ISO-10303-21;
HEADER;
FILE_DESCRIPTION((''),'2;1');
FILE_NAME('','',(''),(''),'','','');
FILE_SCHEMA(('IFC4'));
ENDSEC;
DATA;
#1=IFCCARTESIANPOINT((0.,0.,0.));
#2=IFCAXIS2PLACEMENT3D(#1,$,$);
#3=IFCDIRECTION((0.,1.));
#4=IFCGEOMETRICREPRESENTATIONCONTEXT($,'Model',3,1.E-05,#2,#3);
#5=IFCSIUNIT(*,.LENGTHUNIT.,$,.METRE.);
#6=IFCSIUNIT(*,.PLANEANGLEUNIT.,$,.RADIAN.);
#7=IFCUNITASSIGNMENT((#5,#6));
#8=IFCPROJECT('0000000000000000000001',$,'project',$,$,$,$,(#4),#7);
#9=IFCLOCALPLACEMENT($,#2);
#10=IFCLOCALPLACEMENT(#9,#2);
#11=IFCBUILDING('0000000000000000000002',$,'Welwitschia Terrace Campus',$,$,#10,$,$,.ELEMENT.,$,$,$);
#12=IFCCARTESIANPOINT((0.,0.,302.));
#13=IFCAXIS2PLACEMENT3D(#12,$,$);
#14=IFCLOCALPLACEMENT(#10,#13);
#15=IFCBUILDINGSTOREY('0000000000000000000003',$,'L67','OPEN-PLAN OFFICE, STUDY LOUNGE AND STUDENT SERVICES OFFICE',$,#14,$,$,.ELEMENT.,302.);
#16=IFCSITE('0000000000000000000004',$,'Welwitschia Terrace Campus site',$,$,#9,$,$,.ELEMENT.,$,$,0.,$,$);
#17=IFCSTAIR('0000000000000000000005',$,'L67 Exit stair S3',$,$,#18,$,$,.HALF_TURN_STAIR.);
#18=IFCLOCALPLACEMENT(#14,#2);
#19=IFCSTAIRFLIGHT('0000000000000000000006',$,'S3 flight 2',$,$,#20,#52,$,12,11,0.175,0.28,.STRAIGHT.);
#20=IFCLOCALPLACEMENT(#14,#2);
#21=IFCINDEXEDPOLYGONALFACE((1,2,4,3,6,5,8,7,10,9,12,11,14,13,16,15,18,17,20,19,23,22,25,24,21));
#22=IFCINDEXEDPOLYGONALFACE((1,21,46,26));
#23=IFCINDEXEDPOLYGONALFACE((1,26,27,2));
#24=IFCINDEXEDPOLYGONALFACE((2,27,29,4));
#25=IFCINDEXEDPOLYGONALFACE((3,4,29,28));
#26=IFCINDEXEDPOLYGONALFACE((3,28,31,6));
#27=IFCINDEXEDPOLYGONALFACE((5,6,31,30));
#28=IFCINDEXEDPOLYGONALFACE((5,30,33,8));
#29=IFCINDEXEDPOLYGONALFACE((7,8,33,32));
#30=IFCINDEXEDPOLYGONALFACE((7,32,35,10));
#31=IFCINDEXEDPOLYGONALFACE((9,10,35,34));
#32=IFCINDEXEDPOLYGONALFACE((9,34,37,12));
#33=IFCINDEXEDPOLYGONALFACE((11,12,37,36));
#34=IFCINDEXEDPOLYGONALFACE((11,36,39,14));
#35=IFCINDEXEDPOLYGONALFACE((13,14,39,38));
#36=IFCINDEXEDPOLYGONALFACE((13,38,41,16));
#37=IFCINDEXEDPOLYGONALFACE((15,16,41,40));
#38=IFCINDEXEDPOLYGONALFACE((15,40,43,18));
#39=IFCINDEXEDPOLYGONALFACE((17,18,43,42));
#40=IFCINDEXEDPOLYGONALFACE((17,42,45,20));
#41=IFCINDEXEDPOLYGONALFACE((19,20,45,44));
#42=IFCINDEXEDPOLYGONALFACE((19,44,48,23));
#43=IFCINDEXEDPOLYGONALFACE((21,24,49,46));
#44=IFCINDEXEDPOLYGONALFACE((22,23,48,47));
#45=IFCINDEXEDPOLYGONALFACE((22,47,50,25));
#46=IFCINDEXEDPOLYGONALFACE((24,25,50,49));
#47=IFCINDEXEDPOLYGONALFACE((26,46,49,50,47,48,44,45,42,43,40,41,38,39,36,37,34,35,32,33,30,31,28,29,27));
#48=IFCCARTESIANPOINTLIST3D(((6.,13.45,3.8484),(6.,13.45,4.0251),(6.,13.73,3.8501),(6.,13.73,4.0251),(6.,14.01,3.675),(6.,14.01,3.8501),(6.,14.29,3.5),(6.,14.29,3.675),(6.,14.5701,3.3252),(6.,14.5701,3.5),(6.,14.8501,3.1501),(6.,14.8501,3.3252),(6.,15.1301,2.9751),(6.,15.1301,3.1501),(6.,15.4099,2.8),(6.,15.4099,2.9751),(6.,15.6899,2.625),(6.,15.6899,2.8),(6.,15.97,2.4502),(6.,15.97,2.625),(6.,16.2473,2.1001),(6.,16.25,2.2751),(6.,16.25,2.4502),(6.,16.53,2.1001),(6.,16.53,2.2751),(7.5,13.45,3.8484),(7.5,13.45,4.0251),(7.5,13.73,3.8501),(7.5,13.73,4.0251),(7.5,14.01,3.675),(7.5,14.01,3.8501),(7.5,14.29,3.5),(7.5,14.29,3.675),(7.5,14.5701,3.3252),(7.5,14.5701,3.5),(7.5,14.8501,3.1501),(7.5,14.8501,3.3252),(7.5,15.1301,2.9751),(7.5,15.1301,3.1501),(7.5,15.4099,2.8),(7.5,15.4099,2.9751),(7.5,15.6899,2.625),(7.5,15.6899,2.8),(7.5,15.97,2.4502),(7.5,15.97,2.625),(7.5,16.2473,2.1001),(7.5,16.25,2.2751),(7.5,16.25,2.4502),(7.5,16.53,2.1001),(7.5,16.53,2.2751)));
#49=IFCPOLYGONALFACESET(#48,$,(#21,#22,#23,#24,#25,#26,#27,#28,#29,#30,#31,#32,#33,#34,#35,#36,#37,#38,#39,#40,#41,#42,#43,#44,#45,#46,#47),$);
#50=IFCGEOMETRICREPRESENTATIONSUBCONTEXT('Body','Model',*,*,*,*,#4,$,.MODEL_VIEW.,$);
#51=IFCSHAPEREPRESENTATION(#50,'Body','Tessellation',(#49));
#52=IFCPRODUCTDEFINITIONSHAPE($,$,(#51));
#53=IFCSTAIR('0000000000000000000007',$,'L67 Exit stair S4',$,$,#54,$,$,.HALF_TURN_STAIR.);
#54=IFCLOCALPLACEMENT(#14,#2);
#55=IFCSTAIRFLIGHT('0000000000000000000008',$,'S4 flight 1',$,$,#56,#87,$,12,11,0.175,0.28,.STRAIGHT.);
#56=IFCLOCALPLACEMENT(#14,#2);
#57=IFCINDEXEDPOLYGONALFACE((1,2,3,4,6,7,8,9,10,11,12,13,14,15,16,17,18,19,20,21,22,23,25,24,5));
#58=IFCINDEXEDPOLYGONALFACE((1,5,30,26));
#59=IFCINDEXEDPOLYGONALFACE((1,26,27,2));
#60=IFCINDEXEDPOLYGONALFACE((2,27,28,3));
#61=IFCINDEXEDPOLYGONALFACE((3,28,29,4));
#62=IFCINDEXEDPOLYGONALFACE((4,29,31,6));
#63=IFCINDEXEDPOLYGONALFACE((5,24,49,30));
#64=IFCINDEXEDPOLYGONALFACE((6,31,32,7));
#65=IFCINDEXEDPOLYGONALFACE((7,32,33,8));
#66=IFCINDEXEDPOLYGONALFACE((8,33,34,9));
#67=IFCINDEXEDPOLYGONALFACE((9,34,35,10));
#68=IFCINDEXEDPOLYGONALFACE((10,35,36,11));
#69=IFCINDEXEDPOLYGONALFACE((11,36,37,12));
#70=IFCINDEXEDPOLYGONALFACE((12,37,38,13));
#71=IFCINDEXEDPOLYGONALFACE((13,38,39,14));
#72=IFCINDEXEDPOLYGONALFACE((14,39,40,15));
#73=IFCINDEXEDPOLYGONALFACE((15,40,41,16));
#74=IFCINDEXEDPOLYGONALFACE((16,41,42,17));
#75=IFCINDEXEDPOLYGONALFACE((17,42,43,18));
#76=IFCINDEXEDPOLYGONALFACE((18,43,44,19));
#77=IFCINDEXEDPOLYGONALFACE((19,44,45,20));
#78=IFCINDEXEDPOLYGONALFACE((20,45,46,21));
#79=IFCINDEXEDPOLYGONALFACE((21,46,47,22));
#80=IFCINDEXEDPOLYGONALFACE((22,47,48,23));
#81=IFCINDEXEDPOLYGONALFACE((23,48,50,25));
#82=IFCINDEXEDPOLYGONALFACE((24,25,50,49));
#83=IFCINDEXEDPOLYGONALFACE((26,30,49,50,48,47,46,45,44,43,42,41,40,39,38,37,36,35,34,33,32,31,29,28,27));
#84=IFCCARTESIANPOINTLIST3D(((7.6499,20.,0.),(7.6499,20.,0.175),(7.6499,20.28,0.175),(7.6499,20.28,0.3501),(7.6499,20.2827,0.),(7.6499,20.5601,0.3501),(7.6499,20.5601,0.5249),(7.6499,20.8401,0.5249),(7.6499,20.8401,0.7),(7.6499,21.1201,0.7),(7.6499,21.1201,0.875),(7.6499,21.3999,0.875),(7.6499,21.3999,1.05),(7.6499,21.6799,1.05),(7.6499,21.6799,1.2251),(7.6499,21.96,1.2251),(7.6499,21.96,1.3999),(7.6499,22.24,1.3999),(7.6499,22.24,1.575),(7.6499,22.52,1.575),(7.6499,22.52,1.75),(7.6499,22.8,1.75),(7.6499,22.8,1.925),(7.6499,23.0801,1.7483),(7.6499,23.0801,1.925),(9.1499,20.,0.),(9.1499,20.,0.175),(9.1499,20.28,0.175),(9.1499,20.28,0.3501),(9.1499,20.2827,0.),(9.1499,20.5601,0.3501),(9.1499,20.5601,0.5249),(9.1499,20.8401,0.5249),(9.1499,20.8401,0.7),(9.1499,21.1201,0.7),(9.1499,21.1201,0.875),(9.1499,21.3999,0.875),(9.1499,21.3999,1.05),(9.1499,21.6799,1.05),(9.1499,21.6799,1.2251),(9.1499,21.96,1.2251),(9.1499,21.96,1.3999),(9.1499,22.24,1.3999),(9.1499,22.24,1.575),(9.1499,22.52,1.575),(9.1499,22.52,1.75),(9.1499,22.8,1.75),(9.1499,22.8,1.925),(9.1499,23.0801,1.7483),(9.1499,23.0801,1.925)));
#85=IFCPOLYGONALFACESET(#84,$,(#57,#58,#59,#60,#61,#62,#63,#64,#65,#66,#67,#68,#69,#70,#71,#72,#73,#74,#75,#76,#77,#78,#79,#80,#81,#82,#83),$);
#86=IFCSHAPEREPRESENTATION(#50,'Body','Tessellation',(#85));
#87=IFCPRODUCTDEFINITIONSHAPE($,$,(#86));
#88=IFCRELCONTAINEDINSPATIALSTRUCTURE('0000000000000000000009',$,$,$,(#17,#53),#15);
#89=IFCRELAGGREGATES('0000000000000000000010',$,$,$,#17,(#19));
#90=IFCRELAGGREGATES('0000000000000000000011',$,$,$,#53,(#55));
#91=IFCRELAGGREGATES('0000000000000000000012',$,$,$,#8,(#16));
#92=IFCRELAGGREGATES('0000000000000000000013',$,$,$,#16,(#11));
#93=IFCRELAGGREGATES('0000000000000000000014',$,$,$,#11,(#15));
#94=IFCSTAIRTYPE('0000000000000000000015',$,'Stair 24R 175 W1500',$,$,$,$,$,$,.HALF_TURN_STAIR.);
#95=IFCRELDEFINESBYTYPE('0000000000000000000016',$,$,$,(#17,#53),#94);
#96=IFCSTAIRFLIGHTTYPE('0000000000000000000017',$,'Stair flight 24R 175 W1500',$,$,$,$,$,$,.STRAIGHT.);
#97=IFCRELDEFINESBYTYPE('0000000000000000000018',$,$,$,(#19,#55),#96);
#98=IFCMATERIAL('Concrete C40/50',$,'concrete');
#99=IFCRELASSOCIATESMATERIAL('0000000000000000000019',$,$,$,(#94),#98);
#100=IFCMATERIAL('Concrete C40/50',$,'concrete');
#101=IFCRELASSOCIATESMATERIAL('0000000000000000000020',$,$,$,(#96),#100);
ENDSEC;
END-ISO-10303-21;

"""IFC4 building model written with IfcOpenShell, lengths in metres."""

from ifc_helpers import new_model, si_unit, direction, frame, origin, place, context, subcontext, project, spatial, polyline, outline, extrude, material, type_object, element, aggregate, save


model = new_model("IFC4")

# Units and contexts
model_context = context("Model", 3, precision=1e-05, world=origin(), true_north=direction((0.0, 1.0)))
body_context = subcontext(model_context, "Body", "Model", "MODEL_VIEW")
ifc_project = project(units=[si_unit("LENGTHUNIT", "METRE"), si_unit("PLANEANGLEUNIT", "RADIAN")], contexts=[model_context])

# Site, building, storey
site_placement = place(None, origin())
site = spatial("IfcSite", under=ifc_project, at=site_placement, Name="Welwitschia Terrace Campus site", CompositionType="ELEMENT", RefElevation=0.0)
building_placement = place(site_placement, origin())
building = spatial("IfcBuilding", under=site, at=building_placement, Name="Welwitschia Terrace Campus", CompositionType="ELEMENT")
storey_placement = place(building_placement, frame((0.0, 0.0, 302.0)))
storey = spatial("IfcBuildingStorey", under=building, at=storey_placement, Name="L67", Description="OPEN-PLAN OFFICE, STUDY LOUNGE AND STUDENT SERVICES OFFICE", CompositionType="ELEMENT", Elevation=302.0)

# Shared definitions
ifc_material_1 = material(Name="Concrete C40/50", Category="concrete")
stair_type = type_object("IfcStairType", Name="Stair 24R 175 W1500", PredefinedType="HALF_TURN_STAIR", material=ifc_material_1)
ifc_material_2 = material(Name="Concrete C40/50", Category="concrete")
stair_flight_type = type_object("IfcStairFlightType", Name="Stair flight 24R 175 W1500", PredefinedType="STRAIGHT", material=ifc_material_2)

# Stair, stair flight
stair_1_placement = place(storey_placement, origin())
stair_1 = element("IfcStair", 1, at=stair_1_placement, inside=storey, type_object=stair_type, Name="L67 Exit stair S3", PredefinedType="HALF_TURN_STAIR")
stair_flight_1_placement = place(storey_placement, frame((6.75, 16.53, 2.1001), z_axis=(0.0, 0.0, 1.0), x_axis=(0.0, -1.0, 0.0)))
stair_flight_1 = element("IfcStairFlight", 2, at=stair_flight_1_placement, type_object=stair_flight_type, Name="S3 flight 2", NumberOfRisers=12, NumberOfTreads=11, PredefinedType="STRAIGHT", RiserHeight=0.175, TreadLength=0.28, context=body_context, shape_type="SweptSolid", body=[
    extrude(outline(polyline([(0.0, 0.0), (0.0, 0.175), (0.28, 0.175), (0.28, 0.3501), (0.5601, 0.3501), (0.5601, 0.5249), (0.8401, 0.5249), (0.8401, 0.7), (1.1201, 0.7), (1.1201, 0.875), (1.3999, 0.875), (1.3999, 1.05), (1.6799, 1.05), (1.6799, 1.2251), (1.96, 1.2251), (1.96, 1.3999), (2.24, 1.3999), (2.24, 1.575), (2.52, 1.575), (2.52, 1.75), (2.8, 1.75), (2.8, 1.925), (3.0801, 1.925), (3.0801, 2.1001), (3.0801, 1.7483), (0.2827, 0.0), (0.0, 0.0)])), frame((0.0, 0.75, 0.0), z_axis=(0.0, -1.0, 0.0), x_axis=(1.0, 0.0, 0.0)), (0.0, 0.0, 1.0), 1.5),
])
aggregate(stair_1, [stair_flight_1])

# Stair, stair flight
stair_2_placement = place(storey_placement, origin())
stair_2 = element("IfcStair", 3, at=stair_2_placement, inside=storey, type_object=stair_type, Name="L67 Exit stair S4", PredefinedType="HALF_TURN_STAIR")
stair_flight_2_placement = place(storey_placement, frame((8.3999, 20.0, 0.0), z_axis=(0.0, 0.0, 1.0), x_axis=(0.0, 1.0, 0.0)))
stair_flight_2 = element("IfcStairFlight", 4, at=stair_flight_2_placement, type_object=stair_flight_type, Name="S4 flight 1", NumberOfRisers=12, NumberOfTreads=11, PredefinedType="STRAIGHT", RiserHeight=0.175, TreadLength=0.28, context=body_context, shape_type="SweptSolid", body=[
    extrude(outline(polyline([(0.0, 0.0), (0.0, 0.175), (0.28, 0.175), (0.28, 0.3501), (0.5601, 0.3501), (0.5601, 0.5249), (0.8401, 0.5249), (0.8401, 0.7), (1.1201, 0.7), (1.1201, 0.875), (1.3999, 0.875), (1.3999, 1.05), (1.6799, 1.05), (1.6799, 1.2251), (1.96, 1.2251), (1.96, 1.3999), (2.24, 1.3999), (2.24, 1.575), (2.52, 1.575), (2.52, 1.75), (2.8, 1.75), (2.8, 1.925), (3.0801, 1.925), (3.0801, 2.1001), (3.0801, 1.7483), (0.2827, 0.0), (0.0, 0.0)])), frame((0.0, 0.75, 0.0), z_axis=(0.0, -1.0, 0.0), x_axis=(1.0, 0.0, 0.0)), (0.0, 0.0, 1.0), 1.5),
])
aggregate(stair_2, [stair_flight_2])

save(model, "model.ifc")
